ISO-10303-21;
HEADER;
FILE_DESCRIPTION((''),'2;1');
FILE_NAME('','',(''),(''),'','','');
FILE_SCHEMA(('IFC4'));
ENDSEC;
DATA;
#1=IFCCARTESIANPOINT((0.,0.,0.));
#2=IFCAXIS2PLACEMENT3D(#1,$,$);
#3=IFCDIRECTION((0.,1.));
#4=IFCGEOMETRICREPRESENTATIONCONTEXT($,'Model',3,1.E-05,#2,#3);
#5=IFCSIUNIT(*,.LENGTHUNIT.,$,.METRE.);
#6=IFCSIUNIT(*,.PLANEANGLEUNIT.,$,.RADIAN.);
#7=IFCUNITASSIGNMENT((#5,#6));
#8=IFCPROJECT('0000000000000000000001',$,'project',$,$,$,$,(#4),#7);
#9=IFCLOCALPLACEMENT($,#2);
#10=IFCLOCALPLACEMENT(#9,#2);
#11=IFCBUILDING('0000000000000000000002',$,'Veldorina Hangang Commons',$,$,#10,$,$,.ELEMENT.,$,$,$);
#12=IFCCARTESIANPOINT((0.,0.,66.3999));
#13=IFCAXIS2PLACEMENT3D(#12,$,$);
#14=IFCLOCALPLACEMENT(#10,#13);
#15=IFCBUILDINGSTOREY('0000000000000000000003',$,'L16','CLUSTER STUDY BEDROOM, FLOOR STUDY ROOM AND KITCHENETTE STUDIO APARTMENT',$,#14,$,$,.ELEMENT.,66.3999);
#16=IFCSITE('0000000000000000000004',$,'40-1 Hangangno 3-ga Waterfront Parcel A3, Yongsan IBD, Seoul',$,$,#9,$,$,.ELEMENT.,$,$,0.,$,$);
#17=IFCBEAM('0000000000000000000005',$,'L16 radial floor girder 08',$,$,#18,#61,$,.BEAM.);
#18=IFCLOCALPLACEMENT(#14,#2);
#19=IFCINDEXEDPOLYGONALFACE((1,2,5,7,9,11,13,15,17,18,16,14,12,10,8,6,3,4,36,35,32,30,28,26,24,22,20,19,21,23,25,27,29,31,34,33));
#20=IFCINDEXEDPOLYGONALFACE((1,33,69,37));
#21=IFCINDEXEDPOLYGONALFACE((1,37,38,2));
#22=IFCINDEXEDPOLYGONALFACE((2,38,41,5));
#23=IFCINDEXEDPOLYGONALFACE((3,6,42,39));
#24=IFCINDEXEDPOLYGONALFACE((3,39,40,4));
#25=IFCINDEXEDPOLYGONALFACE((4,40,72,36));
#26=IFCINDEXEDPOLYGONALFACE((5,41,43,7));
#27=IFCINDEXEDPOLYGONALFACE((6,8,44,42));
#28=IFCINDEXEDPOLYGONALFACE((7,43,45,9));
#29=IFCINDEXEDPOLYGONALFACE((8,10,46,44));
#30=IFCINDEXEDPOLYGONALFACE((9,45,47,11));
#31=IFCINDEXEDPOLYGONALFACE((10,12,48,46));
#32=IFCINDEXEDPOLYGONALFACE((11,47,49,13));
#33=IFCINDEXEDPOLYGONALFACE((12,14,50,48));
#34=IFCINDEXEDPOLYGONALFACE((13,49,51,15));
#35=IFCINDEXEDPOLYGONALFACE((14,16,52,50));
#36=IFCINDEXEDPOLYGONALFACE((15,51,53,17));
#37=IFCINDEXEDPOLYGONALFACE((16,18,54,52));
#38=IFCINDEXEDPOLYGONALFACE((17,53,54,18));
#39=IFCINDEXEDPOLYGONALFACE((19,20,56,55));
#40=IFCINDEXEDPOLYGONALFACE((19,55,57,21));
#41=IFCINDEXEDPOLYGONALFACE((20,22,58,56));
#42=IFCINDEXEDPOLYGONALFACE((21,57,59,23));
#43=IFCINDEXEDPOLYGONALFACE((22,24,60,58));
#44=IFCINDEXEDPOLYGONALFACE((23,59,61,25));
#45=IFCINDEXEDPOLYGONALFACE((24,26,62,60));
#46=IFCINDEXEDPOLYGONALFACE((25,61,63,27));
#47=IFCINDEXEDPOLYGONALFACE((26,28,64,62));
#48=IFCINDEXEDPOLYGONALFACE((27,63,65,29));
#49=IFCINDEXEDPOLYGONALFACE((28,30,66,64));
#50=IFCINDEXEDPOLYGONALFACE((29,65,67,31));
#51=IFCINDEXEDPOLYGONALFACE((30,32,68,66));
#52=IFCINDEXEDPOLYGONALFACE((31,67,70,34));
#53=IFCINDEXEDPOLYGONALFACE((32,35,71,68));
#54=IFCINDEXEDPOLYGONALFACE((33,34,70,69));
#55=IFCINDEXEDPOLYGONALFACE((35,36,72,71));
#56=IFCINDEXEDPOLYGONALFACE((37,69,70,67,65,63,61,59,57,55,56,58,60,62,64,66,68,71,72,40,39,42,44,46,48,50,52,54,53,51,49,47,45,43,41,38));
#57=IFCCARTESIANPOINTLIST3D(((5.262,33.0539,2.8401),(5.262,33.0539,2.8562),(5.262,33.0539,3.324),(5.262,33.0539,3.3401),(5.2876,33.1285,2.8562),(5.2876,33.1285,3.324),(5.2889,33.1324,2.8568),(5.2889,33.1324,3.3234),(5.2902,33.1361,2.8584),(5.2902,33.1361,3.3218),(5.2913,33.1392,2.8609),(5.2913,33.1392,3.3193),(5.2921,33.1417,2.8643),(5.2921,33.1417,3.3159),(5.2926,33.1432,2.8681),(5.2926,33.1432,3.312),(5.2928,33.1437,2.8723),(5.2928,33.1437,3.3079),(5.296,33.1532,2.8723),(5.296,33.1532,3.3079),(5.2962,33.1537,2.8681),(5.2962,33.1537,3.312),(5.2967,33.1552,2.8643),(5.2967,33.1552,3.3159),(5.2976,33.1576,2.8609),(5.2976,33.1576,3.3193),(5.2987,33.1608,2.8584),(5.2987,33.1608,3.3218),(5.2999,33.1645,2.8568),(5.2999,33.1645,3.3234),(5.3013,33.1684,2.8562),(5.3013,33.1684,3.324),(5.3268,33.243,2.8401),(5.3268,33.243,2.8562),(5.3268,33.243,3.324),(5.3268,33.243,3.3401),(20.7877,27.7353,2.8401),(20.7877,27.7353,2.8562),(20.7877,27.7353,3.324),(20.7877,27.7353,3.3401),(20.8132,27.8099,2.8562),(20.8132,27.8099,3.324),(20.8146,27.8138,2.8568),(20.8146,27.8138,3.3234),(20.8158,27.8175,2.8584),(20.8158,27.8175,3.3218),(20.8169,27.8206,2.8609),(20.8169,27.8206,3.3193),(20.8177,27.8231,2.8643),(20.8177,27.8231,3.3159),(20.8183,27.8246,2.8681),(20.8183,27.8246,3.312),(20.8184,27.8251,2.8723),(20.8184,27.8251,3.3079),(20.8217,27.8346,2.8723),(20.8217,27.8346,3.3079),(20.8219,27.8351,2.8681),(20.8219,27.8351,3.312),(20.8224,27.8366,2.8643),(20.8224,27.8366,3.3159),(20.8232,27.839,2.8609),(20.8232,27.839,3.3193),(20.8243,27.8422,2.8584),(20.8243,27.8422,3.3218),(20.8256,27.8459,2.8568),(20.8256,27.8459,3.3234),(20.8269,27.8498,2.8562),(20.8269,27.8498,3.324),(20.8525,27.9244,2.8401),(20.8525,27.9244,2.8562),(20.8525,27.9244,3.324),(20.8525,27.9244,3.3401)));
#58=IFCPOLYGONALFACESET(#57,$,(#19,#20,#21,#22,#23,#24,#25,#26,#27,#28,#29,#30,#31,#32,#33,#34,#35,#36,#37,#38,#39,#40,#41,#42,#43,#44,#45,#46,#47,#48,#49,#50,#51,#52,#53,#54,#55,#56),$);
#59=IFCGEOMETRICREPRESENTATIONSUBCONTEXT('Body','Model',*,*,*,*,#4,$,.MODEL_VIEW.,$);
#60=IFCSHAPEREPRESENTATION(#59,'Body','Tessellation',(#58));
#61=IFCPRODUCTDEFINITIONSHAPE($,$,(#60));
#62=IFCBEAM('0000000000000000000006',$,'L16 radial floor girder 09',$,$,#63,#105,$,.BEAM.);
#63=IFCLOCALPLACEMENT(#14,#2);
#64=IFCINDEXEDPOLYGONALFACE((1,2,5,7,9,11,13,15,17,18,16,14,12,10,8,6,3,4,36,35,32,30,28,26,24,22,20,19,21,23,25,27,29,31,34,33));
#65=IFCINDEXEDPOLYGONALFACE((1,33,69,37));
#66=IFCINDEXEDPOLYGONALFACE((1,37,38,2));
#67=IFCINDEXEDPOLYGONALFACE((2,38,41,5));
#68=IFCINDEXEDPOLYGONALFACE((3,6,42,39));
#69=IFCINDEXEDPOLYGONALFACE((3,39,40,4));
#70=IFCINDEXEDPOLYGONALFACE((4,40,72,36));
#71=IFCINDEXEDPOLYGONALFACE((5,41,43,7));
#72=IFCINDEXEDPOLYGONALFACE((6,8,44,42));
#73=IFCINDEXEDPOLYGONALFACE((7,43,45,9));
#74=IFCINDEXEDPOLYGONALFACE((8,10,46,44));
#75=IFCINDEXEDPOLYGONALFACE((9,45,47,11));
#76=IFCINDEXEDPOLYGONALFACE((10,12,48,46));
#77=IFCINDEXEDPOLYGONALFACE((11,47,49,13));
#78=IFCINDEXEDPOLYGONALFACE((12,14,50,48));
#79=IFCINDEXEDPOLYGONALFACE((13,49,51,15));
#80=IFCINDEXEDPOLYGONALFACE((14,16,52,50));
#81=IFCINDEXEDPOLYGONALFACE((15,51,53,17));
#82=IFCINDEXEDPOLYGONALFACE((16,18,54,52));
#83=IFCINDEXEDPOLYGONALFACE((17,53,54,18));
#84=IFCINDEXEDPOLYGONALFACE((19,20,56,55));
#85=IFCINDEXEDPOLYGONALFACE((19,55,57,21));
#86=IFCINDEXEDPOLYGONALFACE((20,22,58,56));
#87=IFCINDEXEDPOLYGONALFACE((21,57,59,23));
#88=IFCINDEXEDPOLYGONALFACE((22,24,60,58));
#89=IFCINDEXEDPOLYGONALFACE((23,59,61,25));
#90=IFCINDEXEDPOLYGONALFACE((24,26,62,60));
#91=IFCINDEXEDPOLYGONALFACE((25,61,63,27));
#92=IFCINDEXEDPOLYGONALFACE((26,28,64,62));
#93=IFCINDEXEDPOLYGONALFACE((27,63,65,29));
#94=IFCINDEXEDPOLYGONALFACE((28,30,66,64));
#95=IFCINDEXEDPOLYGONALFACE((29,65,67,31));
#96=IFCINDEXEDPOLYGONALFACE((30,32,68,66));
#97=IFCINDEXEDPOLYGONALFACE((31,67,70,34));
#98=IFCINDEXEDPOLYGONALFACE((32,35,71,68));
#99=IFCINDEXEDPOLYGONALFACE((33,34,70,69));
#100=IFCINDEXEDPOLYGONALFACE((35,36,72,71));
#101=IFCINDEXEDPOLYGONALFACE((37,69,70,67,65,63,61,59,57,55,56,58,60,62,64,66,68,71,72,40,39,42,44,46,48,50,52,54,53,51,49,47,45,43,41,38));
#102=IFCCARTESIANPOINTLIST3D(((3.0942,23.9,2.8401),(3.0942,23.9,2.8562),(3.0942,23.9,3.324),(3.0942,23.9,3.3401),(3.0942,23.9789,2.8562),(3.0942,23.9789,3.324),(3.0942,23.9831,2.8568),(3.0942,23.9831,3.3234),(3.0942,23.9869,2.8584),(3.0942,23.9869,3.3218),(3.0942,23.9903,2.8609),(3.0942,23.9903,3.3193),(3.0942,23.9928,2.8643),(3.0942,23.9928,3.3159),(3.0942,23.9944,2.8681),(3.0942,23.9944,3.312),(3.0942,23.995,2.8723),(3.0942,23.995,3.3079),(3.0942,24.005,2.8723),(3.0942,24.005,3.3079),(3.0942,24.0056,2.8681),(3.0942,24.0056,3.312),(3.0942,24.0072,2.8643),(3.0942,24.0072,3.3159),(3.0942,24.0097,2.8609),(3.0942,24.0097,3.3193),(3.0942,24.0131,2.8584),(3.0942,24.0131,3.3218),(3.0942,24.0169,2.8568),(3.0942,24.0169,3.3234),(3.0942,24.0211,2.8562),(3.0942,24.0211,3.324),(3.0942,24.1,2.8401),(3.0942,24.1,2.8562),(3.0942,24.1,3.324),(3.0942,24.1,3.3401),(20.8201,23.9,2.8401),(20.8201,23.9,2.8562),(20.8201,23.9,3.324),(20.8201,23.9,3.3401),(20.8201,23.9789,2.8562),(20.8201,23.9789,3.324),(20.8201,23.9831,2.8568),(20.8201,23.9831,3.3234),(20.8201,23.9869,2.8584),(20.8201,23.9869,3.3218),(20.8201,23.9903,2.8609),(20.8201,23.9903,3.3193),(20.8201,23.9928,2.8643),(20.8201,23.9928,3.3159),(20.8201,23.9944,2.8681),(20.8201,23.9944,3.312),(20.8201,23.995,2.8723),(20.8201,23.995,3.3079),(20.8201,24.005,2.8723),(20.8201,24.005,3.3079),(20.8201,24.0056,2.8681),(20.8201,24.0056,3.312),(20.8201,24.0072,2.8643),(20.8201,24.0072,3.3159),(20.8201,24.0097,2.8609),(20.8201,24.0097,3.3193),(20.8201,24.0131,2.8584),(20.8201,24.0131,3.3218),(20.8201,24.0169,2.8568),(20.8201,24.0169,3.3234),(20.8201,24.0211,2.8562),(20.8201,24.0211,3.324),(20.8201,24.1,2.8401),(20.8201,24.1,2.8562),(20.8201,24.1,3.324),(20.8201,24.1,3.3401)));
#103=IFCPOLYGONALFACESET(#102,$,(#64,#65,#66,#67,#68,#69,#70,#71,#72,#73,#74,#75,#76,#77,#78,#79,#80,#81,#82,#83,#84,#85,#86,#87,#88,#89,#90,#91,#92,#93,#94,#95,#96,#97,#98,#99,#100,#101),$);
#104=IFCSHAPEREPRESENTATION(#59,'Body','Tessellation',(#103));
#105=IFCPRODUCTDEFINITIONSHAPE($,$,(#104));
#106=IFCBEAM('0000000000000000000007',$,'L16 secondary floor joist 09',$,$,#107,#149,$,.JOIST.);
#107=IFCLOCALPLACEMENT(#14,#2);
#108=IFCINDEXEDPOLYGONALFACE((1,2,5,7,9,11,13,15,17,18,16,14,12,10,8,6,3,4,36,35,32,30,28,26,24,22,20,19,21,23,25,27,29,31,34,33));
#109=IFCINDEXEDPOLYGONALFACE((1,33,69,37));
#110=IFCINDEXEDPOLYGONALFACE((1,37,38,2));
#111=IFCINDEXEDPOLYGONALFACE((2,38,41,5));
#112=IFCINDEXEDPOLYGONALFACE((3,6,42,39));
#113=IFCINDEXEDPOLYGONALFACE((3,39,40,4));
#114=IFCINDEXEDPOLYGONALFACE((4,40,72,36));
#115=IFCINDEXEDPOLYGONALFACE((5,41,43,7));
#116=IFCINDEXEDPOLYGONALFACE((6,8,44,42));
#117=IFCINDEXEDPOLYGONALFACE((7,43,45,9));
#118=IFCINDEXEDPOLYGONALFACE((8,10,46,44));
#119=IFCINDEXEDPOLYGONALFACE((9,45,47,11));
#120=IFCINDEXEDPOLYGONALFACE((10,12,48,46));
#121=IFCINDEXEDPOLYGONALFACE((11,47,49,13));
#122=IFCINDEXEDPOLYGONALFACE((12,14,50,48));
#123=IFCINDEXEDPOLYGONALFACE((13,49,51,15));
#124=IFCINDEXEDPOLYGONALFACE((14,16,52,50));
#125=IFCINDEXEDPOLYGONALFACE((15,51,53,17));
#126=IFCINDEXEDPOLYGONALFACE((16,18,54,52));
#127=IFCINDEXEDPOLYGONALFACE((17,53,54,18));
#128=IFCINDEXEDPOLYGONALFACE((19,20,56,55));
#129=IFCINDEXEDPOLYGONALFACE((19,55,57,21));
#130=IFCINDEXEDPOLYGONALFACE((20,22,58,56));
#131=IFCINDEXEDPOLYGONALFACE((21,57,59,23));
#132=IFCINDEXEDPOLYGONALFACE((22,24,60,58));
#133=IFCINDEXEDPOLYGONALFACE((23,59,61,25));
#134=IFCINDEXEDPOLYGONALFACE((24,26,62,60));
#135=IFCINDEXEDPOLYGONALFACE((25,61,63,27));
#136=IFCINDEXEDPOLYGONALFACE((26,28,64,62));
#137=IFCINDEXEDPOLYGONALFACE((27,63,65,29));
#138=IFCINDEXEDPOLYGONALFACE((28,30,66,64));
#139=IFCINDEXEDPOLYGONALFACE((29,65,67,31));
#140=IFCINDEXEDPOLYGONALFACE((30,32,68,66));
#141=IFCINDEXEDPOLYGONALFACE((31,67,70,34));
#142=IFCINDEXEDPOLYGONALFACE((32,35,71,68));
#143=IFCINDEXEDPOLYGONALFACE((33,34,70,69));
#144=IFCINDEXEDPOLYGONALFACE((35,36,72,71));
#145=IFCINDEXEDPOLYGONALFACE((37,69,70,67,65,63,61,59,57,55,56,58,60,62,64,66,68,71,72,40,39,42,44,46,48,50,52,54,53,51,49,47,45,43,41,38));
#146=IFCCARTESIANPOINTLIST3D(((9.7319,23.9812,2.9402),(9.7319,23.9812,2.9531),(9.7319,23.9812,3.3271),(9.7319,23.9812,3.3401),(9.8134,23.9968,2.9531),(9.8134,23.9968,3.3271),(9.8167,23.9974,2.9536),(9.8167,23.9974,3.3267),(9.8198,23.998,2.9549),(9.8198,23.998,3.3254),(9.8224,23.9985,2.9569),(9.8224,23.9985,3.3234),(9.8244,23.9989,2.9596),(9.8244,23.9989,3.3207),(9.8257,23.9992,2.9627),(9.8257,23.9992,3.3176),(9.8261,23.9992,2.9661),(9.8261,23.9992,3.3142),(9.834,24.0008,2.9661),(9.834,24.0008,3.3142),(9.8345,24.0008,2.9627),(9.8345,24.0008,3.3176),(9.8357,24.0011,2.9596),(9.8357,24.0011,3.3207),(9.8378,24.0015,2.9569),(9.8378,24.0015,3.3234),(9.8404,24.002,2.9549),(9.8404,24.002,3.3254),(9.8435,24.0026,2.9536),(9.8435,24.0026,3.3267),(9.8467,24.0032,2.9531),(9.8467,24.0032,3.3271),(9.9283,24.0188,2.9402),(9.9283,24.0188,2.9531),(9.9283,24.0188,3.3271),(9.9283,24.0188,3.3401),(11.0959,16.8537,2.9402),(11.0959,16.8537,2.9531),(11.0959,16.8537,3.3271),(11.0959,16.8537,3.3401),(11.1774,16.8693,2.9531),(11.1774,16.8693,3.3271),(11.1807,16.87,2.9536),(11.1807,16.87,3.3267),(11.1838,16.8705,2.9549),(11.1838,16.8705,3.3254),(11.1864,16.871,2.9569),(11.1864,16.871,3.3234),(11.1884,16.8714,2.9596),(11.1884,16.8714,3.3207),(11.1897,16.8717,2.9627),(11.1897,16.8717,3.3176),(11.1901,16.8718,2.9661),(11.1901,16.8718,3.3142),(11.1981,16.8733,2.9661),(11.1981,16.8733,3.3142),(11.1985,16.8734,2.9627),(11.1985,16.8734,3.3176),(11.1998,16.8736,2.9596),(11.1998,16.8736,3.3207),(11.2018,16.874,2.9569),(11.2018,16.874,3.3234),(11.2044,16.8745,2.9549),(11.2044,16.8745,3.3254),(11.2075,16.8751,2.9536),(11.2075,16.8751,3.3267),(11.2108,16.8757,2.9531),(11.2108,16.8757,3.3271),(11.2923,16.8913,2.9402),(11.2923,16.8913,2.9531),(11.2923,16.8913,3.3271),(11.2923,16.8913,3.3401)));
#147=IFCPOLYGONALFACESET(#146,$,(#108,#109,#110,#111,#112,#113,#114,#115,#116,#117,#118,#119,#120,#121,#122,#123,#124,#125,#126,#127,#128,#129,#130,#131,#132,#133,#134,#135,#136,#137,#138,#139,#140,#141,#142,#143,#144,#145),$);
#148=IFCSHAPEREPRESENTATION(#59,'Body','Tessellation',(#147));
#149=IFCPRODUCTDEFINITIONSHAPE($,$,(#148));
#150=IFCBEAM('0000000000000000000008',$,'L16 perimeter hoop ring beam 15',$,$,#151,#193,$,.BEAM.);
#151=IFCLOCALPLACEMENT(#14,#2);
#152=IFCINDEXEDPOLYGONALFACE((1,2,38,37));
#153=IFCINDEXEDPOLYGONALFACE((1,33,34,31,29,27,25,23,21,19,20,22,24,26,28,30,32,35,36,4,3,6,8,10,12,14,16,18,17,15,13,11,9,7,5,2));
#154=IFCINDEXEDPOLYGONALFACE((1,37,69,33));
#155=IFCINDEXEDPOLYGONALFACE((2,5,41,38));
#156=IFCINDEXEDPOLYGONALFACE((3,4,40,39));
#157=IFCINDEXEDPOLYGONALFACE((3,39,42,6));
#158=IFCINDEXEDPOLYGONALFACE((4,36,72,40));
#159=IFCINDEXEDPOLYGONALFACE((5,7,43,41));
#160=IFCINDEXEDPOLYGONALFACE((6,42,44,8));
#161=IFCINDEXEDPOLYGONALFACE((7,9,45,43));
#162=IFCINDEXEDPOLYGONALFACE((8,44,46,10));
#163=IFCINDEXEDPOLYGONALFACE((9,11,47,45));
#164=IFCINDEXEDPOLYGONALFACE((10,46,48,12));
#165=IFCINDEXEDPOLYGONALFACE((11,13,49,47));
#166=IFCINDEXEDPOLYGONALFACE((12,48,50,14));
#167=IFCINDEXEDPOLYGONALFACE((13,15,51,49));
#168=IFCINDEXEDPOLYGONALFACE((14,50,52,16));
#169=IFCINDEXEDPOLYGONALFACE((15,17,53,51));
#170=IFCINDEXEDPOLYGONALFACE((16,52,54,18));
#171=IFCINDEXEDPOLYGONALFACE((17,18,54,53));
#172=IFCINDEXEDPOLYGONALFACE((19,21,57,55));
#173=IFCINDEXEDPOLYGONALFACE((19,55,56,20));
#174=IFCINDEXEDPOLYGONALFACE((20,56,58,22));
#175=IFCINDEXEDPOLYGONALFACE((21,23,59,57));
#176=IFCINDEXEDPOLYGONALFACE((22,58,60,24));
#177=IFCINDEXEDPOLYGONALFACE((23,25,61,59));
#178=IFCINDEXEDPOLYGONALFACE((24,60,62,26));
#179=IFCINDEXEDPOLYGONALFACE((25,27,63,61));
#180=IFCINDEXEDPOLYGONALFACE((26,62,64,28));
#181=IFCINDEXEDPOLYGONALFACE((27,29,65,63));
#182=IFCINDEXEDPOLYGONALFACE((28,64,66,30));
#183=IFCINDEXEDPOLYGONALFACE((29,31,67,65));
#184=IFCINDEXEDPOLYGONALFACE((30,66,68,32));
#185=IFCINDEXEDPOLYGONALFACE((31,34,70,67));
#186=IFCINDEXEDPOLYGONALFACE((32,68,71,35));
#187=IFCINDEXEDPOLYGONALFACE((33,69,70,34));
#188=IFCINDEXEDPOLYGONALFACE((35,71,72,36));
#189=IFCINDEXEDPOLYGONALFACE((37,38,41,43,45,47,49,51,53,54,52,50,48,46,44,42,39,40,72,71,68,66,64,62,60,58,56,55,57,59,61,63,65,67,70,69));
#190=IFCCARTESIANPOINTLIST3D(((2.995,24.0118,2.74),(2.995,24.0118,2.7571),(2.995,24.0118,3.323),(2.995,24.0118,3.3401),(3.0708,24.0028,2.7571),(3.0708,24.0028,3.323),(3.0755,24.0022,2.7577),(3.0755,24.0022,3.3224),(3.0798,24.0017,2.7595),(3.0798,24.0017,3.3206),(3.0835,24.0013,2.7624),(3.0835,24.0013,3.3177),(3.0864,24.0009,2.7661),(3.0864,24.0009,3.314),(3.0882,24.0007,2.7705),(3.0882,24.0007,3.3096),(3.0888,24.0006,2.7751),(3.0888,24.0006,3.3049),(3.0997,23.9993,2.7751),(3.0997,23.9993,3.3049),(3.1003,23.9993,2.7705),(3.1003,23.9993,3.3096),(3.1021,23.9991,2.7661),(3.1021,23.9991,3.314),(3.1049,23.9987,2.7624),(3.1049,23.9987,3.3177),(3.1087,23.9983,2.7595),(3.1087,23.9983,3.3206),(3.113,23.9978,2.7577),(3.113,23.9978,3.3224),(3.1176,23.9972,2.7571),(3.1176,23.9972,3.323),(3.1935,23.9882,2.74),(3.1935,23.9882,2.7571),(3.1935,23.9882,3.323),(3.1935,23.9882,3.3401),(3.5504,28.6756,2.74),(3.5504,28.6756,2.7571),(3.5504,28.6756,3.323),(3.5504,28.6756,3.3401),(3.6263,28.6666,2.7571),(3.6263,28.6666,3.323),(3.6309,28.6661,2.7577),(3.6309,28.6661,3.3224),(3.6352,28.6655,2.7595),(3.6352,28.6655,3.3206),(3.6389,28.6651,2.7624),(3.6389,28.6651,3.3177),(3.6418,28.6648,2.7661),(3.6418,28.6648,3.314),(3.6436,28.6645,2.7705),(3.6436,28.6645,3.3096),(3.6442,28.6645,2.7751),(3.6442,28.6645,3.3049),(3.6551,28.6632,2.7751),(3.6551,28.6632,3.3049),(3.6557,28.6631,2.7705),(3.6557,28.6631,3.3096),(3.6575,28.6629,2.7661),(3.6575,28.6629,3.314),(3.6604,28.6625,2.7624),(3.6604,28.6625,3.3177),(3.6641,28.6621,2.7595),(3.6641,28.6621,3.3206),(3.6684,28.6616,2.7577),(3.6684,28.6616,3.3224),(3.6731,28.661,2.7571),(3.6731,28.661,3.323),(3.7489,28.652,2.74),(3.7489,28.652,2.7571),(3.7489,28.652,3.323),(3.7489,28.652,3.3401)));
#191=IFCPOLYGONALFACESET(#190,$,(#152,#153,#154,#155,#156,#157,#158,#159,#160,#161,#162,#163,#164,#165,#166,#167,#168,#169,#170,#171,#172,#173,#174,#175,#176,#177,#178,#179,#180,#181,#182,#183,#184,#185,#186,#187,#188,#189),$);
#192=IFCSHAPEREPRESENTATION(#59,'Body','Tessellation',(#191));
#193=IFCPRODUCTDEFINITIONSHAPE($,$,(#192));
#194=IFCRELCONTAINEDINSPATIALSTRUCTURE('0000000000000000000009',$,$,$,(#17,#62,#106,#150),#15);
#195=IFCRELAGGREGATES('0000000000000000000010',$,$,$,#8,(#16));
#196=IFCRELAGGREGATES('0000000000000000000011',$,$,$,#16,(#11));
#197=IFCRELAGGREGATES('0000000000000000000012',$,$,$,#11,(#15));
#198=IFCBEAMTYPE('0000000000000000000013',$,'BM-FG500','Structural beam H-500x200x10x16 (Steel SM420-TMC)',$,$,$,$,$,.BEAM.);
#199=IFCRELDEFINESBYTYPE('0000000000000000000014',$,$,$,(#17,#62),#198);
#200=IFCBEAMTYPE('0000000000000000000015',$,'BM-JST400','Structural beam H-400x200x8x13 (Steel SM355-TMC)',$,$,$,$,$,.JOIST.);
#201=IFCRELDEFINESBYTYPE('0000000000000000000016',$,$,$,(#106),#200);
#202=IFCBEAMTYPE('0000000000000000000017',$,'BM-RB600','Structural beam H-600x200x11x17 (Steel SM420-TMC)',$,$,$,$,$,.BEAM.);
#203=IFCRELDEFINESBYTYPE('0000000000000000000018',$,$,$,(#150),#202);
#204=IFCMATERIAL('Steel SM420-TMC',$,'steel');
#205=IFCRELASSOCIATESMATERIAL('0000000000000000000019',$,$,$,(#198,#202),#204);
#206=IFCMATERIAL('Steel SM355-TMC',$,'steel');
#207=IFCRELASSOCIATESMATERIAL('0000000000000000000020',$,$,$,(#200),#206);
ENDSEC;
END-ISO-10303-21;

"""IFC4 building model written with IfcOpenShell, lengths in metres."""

from ifc_helpers import new_model, si_unit, direction, frame, origin, origin_2d, place, context, subcontext, project, spatial, i_section, extrude, material, material_profile, profile_set, type_object, element, save


model = new_model("IFC4")

# Units and contexts
model_context = context("Model", 3, precision=1e-05, world=origin(), true_north=direction((0.0, 1.0)))
body_context = subcontext(model_context, "Body", "Model", "MODEL_VIEW")
ifc_project = project(units=[si_unit("LENGTHUNIT", "METRE"), si_unit("PLANEANGLEUNIT", "RADIAN")], contexts=[model_context])

# Site, building, storey
site_placement = place(None, origin())
site = spatial("IfcSite", under=ifc_project, at=site_placement, Name="40-1 Hangangno 3-ga Waterfront Parcel A3, Yongsan IBD, Seoul", CompositionType="ELEMENT", RefElevation=0.0)
building_placement = place(site_placement, origin())
building = spatial("IfcBuilding", under=site, at=building_placement, Name="Veldorina Hangang Commons", CompositionType="ELEMENT")
storey_placement = place(building_placement, frame((0.0, 0.0, 66.3999)))
storey = spatial("IfcBuildingStorey", under=building, at=storey_placement, Name="L16", Description="CLUSTER STUDY BEDROOM, FLOOR STUDY ROOM AND KITCHENETTE STUDIO APARTMENT", CompositionType="ELEMENT", Elevation=66.3999)

# Beams
ifc_material_1 = material(Name="Steel SM420-TMC", Category="steel")
ifc_material_profile_1 = material_profile(ifc_material_1, i_section(OverallWidth=0.2, OverallDepth=0.5, WebThickness=0.01, FlangeThickness=0.0161, FilletRadius=0.0161, at=origin_2d()), Name="H-500x200x10x16")
ifc_profile_set_1 = profile_set([ifc_material_profile_1], Name="Steel SM420-TMC")
beam_type_1 = type_object("IfcBeamType", Name="BM-FG500", Description="Structural beam H-500x200x10x16 (Steel SM420-TMC)", PredefinedType="BEAM", material=ifc_profile_set_1)
beam_1_placement = place(storey_placement, frame((20.8201, 27.8298, 3.0901), z_axis=(-0.94603, 0.324081, 0.0), x_axis=(-0.324081, -0.94603, 0.0)))
element("IfcBeam", 1, at=beam_1_placement, inside=storey, type_object=beam_type_1, Name="L16 radial floor girder 08", PredefinedType="BEAM", context=body_context, shape_type="SweptSolid", body=[
    extrude(i_section(OverallWidth=0.2, OverallDepth=0.5, WebThickness=0.01, FlangeThickness=0.0161, FilletRadius=0.0161, at=origin_2d()), origin(), (0.0, 0.0, 1.0), 16.4114),
])
beam_2_placement = place(storey_placement, frame((20.8201, 24.0, 3.0901), z_axis=(-1.0, 0.0, 0.0), x_axis=(0.0, -1.0, 0.0)))
element("IfcBeam", 2, at=beam_2_placement, inside=storey, type_object=beam_type_1, Name="L16 radial floor girder 09", PredefinedType="BEAM", context=body_context, shape_type="SweptSolid", body=[
    extrude(i_section(OverallWidth=0.2, OverallDepth=0.5, WebThickness=0.01, FlangeThickness=0.0161, FilletRadius=0.0161, at=origin_2d()), origin(), (0.0, 0.0, 1.0), 17.7258),
])
ifc_material_2 = material(Name="Steel SM355-TMC", Category="steel")
ifc_material_profile_2 = material_profile(ifc_material_2, i_section(OverallWidth=0.2, OverallDepth=0.3999, WebThickness=0.0081, FlangeThickness=0.0129, FilletRadius=0.0129, at=origin_2d()), Name="H-400x200x8x13")
ifc_profile_set_2 = profile_set([ifc_material_profile_2], Name="Steel SM355-TMC")
beam_type_2 = type_object("IfcBeamType", Name="BM-JST400", Description="Structural beam H-400x200x8x13 (Steel SM355-TMC)", PredefinedType="JOIST", material=ifc_profile_set_2)
beam_3_placement = place(storey_placement, frame((9.8301, 24.0, 3.1401), z_axis=(0.187964, -0.982176, 0.0), x_axis=(0.982176, 0.187964, 0.0)))
element("IfcBeam", 3, at=beam_3_placement, inside=storey, type_object=beam_type_2, Name="L16 secondary floor joist 09", PredefinedType="JOIST", context=body_context, shape_type="SweptSolid", body=[
    extrude(i_section(OverallWidth=0.2, OverallDepth=0.3999, WebThickness=0.0081, FlangeThickness=0.0129, FilletRadius=0.0129, at=origin_2d()), origin(), (0.0, 0.0, 1.0), 7.2568),
])
ifc_material_profile_3 = material_profile(ifc_material_1, i_section(OverallWidth=0.2, OverallDepth=0.6001, WebThickness=0.011, FlangeThickness=0.0171, FilletRadius=0.0181, at=origin_2d()), Name="H-600x200x11x17")
ifc_profile_set_3 = profile_set([ifc_material_profile_3], Name="Steel SM420-TMC")
beam_type_3 = type_object("IfcBeamType", Name="BM-RB600", Description="Structural beam H-600x200x11x17 (Steel SM420-TMC)", PredefinedType="BEAM", material=ifc_profile_set_3)
for number, where, z_axis, x_axis, name in (
    (4, (3.6497, 28.6638, 3.04), (-0.118256, -0.992983, 0.0), (0.992983, -0.118256, 0.0), "L16 perimeter hoop ring beam 15"),
):
    element("IfcBeam", number, at=place(storey_placement, frame(where, z_axis=z_axis, x_axis=x_axis)), inside=storey, type_object=beam_type_3, Name=name, PredefinedType="BEAM", context=body_context, shape_type="SweptSolid", body=[
        extrude(i_section(OverallWidth=0.2, OverallDepth=0.6001, WebThickness=0.011, FlangeThickness=0.0171, FilletRadius=0.0181, at=origin_2d()), origin(), (0.0, 0.0, 1.0), 4.6968),
    ])

save(model, "model.ifc")
